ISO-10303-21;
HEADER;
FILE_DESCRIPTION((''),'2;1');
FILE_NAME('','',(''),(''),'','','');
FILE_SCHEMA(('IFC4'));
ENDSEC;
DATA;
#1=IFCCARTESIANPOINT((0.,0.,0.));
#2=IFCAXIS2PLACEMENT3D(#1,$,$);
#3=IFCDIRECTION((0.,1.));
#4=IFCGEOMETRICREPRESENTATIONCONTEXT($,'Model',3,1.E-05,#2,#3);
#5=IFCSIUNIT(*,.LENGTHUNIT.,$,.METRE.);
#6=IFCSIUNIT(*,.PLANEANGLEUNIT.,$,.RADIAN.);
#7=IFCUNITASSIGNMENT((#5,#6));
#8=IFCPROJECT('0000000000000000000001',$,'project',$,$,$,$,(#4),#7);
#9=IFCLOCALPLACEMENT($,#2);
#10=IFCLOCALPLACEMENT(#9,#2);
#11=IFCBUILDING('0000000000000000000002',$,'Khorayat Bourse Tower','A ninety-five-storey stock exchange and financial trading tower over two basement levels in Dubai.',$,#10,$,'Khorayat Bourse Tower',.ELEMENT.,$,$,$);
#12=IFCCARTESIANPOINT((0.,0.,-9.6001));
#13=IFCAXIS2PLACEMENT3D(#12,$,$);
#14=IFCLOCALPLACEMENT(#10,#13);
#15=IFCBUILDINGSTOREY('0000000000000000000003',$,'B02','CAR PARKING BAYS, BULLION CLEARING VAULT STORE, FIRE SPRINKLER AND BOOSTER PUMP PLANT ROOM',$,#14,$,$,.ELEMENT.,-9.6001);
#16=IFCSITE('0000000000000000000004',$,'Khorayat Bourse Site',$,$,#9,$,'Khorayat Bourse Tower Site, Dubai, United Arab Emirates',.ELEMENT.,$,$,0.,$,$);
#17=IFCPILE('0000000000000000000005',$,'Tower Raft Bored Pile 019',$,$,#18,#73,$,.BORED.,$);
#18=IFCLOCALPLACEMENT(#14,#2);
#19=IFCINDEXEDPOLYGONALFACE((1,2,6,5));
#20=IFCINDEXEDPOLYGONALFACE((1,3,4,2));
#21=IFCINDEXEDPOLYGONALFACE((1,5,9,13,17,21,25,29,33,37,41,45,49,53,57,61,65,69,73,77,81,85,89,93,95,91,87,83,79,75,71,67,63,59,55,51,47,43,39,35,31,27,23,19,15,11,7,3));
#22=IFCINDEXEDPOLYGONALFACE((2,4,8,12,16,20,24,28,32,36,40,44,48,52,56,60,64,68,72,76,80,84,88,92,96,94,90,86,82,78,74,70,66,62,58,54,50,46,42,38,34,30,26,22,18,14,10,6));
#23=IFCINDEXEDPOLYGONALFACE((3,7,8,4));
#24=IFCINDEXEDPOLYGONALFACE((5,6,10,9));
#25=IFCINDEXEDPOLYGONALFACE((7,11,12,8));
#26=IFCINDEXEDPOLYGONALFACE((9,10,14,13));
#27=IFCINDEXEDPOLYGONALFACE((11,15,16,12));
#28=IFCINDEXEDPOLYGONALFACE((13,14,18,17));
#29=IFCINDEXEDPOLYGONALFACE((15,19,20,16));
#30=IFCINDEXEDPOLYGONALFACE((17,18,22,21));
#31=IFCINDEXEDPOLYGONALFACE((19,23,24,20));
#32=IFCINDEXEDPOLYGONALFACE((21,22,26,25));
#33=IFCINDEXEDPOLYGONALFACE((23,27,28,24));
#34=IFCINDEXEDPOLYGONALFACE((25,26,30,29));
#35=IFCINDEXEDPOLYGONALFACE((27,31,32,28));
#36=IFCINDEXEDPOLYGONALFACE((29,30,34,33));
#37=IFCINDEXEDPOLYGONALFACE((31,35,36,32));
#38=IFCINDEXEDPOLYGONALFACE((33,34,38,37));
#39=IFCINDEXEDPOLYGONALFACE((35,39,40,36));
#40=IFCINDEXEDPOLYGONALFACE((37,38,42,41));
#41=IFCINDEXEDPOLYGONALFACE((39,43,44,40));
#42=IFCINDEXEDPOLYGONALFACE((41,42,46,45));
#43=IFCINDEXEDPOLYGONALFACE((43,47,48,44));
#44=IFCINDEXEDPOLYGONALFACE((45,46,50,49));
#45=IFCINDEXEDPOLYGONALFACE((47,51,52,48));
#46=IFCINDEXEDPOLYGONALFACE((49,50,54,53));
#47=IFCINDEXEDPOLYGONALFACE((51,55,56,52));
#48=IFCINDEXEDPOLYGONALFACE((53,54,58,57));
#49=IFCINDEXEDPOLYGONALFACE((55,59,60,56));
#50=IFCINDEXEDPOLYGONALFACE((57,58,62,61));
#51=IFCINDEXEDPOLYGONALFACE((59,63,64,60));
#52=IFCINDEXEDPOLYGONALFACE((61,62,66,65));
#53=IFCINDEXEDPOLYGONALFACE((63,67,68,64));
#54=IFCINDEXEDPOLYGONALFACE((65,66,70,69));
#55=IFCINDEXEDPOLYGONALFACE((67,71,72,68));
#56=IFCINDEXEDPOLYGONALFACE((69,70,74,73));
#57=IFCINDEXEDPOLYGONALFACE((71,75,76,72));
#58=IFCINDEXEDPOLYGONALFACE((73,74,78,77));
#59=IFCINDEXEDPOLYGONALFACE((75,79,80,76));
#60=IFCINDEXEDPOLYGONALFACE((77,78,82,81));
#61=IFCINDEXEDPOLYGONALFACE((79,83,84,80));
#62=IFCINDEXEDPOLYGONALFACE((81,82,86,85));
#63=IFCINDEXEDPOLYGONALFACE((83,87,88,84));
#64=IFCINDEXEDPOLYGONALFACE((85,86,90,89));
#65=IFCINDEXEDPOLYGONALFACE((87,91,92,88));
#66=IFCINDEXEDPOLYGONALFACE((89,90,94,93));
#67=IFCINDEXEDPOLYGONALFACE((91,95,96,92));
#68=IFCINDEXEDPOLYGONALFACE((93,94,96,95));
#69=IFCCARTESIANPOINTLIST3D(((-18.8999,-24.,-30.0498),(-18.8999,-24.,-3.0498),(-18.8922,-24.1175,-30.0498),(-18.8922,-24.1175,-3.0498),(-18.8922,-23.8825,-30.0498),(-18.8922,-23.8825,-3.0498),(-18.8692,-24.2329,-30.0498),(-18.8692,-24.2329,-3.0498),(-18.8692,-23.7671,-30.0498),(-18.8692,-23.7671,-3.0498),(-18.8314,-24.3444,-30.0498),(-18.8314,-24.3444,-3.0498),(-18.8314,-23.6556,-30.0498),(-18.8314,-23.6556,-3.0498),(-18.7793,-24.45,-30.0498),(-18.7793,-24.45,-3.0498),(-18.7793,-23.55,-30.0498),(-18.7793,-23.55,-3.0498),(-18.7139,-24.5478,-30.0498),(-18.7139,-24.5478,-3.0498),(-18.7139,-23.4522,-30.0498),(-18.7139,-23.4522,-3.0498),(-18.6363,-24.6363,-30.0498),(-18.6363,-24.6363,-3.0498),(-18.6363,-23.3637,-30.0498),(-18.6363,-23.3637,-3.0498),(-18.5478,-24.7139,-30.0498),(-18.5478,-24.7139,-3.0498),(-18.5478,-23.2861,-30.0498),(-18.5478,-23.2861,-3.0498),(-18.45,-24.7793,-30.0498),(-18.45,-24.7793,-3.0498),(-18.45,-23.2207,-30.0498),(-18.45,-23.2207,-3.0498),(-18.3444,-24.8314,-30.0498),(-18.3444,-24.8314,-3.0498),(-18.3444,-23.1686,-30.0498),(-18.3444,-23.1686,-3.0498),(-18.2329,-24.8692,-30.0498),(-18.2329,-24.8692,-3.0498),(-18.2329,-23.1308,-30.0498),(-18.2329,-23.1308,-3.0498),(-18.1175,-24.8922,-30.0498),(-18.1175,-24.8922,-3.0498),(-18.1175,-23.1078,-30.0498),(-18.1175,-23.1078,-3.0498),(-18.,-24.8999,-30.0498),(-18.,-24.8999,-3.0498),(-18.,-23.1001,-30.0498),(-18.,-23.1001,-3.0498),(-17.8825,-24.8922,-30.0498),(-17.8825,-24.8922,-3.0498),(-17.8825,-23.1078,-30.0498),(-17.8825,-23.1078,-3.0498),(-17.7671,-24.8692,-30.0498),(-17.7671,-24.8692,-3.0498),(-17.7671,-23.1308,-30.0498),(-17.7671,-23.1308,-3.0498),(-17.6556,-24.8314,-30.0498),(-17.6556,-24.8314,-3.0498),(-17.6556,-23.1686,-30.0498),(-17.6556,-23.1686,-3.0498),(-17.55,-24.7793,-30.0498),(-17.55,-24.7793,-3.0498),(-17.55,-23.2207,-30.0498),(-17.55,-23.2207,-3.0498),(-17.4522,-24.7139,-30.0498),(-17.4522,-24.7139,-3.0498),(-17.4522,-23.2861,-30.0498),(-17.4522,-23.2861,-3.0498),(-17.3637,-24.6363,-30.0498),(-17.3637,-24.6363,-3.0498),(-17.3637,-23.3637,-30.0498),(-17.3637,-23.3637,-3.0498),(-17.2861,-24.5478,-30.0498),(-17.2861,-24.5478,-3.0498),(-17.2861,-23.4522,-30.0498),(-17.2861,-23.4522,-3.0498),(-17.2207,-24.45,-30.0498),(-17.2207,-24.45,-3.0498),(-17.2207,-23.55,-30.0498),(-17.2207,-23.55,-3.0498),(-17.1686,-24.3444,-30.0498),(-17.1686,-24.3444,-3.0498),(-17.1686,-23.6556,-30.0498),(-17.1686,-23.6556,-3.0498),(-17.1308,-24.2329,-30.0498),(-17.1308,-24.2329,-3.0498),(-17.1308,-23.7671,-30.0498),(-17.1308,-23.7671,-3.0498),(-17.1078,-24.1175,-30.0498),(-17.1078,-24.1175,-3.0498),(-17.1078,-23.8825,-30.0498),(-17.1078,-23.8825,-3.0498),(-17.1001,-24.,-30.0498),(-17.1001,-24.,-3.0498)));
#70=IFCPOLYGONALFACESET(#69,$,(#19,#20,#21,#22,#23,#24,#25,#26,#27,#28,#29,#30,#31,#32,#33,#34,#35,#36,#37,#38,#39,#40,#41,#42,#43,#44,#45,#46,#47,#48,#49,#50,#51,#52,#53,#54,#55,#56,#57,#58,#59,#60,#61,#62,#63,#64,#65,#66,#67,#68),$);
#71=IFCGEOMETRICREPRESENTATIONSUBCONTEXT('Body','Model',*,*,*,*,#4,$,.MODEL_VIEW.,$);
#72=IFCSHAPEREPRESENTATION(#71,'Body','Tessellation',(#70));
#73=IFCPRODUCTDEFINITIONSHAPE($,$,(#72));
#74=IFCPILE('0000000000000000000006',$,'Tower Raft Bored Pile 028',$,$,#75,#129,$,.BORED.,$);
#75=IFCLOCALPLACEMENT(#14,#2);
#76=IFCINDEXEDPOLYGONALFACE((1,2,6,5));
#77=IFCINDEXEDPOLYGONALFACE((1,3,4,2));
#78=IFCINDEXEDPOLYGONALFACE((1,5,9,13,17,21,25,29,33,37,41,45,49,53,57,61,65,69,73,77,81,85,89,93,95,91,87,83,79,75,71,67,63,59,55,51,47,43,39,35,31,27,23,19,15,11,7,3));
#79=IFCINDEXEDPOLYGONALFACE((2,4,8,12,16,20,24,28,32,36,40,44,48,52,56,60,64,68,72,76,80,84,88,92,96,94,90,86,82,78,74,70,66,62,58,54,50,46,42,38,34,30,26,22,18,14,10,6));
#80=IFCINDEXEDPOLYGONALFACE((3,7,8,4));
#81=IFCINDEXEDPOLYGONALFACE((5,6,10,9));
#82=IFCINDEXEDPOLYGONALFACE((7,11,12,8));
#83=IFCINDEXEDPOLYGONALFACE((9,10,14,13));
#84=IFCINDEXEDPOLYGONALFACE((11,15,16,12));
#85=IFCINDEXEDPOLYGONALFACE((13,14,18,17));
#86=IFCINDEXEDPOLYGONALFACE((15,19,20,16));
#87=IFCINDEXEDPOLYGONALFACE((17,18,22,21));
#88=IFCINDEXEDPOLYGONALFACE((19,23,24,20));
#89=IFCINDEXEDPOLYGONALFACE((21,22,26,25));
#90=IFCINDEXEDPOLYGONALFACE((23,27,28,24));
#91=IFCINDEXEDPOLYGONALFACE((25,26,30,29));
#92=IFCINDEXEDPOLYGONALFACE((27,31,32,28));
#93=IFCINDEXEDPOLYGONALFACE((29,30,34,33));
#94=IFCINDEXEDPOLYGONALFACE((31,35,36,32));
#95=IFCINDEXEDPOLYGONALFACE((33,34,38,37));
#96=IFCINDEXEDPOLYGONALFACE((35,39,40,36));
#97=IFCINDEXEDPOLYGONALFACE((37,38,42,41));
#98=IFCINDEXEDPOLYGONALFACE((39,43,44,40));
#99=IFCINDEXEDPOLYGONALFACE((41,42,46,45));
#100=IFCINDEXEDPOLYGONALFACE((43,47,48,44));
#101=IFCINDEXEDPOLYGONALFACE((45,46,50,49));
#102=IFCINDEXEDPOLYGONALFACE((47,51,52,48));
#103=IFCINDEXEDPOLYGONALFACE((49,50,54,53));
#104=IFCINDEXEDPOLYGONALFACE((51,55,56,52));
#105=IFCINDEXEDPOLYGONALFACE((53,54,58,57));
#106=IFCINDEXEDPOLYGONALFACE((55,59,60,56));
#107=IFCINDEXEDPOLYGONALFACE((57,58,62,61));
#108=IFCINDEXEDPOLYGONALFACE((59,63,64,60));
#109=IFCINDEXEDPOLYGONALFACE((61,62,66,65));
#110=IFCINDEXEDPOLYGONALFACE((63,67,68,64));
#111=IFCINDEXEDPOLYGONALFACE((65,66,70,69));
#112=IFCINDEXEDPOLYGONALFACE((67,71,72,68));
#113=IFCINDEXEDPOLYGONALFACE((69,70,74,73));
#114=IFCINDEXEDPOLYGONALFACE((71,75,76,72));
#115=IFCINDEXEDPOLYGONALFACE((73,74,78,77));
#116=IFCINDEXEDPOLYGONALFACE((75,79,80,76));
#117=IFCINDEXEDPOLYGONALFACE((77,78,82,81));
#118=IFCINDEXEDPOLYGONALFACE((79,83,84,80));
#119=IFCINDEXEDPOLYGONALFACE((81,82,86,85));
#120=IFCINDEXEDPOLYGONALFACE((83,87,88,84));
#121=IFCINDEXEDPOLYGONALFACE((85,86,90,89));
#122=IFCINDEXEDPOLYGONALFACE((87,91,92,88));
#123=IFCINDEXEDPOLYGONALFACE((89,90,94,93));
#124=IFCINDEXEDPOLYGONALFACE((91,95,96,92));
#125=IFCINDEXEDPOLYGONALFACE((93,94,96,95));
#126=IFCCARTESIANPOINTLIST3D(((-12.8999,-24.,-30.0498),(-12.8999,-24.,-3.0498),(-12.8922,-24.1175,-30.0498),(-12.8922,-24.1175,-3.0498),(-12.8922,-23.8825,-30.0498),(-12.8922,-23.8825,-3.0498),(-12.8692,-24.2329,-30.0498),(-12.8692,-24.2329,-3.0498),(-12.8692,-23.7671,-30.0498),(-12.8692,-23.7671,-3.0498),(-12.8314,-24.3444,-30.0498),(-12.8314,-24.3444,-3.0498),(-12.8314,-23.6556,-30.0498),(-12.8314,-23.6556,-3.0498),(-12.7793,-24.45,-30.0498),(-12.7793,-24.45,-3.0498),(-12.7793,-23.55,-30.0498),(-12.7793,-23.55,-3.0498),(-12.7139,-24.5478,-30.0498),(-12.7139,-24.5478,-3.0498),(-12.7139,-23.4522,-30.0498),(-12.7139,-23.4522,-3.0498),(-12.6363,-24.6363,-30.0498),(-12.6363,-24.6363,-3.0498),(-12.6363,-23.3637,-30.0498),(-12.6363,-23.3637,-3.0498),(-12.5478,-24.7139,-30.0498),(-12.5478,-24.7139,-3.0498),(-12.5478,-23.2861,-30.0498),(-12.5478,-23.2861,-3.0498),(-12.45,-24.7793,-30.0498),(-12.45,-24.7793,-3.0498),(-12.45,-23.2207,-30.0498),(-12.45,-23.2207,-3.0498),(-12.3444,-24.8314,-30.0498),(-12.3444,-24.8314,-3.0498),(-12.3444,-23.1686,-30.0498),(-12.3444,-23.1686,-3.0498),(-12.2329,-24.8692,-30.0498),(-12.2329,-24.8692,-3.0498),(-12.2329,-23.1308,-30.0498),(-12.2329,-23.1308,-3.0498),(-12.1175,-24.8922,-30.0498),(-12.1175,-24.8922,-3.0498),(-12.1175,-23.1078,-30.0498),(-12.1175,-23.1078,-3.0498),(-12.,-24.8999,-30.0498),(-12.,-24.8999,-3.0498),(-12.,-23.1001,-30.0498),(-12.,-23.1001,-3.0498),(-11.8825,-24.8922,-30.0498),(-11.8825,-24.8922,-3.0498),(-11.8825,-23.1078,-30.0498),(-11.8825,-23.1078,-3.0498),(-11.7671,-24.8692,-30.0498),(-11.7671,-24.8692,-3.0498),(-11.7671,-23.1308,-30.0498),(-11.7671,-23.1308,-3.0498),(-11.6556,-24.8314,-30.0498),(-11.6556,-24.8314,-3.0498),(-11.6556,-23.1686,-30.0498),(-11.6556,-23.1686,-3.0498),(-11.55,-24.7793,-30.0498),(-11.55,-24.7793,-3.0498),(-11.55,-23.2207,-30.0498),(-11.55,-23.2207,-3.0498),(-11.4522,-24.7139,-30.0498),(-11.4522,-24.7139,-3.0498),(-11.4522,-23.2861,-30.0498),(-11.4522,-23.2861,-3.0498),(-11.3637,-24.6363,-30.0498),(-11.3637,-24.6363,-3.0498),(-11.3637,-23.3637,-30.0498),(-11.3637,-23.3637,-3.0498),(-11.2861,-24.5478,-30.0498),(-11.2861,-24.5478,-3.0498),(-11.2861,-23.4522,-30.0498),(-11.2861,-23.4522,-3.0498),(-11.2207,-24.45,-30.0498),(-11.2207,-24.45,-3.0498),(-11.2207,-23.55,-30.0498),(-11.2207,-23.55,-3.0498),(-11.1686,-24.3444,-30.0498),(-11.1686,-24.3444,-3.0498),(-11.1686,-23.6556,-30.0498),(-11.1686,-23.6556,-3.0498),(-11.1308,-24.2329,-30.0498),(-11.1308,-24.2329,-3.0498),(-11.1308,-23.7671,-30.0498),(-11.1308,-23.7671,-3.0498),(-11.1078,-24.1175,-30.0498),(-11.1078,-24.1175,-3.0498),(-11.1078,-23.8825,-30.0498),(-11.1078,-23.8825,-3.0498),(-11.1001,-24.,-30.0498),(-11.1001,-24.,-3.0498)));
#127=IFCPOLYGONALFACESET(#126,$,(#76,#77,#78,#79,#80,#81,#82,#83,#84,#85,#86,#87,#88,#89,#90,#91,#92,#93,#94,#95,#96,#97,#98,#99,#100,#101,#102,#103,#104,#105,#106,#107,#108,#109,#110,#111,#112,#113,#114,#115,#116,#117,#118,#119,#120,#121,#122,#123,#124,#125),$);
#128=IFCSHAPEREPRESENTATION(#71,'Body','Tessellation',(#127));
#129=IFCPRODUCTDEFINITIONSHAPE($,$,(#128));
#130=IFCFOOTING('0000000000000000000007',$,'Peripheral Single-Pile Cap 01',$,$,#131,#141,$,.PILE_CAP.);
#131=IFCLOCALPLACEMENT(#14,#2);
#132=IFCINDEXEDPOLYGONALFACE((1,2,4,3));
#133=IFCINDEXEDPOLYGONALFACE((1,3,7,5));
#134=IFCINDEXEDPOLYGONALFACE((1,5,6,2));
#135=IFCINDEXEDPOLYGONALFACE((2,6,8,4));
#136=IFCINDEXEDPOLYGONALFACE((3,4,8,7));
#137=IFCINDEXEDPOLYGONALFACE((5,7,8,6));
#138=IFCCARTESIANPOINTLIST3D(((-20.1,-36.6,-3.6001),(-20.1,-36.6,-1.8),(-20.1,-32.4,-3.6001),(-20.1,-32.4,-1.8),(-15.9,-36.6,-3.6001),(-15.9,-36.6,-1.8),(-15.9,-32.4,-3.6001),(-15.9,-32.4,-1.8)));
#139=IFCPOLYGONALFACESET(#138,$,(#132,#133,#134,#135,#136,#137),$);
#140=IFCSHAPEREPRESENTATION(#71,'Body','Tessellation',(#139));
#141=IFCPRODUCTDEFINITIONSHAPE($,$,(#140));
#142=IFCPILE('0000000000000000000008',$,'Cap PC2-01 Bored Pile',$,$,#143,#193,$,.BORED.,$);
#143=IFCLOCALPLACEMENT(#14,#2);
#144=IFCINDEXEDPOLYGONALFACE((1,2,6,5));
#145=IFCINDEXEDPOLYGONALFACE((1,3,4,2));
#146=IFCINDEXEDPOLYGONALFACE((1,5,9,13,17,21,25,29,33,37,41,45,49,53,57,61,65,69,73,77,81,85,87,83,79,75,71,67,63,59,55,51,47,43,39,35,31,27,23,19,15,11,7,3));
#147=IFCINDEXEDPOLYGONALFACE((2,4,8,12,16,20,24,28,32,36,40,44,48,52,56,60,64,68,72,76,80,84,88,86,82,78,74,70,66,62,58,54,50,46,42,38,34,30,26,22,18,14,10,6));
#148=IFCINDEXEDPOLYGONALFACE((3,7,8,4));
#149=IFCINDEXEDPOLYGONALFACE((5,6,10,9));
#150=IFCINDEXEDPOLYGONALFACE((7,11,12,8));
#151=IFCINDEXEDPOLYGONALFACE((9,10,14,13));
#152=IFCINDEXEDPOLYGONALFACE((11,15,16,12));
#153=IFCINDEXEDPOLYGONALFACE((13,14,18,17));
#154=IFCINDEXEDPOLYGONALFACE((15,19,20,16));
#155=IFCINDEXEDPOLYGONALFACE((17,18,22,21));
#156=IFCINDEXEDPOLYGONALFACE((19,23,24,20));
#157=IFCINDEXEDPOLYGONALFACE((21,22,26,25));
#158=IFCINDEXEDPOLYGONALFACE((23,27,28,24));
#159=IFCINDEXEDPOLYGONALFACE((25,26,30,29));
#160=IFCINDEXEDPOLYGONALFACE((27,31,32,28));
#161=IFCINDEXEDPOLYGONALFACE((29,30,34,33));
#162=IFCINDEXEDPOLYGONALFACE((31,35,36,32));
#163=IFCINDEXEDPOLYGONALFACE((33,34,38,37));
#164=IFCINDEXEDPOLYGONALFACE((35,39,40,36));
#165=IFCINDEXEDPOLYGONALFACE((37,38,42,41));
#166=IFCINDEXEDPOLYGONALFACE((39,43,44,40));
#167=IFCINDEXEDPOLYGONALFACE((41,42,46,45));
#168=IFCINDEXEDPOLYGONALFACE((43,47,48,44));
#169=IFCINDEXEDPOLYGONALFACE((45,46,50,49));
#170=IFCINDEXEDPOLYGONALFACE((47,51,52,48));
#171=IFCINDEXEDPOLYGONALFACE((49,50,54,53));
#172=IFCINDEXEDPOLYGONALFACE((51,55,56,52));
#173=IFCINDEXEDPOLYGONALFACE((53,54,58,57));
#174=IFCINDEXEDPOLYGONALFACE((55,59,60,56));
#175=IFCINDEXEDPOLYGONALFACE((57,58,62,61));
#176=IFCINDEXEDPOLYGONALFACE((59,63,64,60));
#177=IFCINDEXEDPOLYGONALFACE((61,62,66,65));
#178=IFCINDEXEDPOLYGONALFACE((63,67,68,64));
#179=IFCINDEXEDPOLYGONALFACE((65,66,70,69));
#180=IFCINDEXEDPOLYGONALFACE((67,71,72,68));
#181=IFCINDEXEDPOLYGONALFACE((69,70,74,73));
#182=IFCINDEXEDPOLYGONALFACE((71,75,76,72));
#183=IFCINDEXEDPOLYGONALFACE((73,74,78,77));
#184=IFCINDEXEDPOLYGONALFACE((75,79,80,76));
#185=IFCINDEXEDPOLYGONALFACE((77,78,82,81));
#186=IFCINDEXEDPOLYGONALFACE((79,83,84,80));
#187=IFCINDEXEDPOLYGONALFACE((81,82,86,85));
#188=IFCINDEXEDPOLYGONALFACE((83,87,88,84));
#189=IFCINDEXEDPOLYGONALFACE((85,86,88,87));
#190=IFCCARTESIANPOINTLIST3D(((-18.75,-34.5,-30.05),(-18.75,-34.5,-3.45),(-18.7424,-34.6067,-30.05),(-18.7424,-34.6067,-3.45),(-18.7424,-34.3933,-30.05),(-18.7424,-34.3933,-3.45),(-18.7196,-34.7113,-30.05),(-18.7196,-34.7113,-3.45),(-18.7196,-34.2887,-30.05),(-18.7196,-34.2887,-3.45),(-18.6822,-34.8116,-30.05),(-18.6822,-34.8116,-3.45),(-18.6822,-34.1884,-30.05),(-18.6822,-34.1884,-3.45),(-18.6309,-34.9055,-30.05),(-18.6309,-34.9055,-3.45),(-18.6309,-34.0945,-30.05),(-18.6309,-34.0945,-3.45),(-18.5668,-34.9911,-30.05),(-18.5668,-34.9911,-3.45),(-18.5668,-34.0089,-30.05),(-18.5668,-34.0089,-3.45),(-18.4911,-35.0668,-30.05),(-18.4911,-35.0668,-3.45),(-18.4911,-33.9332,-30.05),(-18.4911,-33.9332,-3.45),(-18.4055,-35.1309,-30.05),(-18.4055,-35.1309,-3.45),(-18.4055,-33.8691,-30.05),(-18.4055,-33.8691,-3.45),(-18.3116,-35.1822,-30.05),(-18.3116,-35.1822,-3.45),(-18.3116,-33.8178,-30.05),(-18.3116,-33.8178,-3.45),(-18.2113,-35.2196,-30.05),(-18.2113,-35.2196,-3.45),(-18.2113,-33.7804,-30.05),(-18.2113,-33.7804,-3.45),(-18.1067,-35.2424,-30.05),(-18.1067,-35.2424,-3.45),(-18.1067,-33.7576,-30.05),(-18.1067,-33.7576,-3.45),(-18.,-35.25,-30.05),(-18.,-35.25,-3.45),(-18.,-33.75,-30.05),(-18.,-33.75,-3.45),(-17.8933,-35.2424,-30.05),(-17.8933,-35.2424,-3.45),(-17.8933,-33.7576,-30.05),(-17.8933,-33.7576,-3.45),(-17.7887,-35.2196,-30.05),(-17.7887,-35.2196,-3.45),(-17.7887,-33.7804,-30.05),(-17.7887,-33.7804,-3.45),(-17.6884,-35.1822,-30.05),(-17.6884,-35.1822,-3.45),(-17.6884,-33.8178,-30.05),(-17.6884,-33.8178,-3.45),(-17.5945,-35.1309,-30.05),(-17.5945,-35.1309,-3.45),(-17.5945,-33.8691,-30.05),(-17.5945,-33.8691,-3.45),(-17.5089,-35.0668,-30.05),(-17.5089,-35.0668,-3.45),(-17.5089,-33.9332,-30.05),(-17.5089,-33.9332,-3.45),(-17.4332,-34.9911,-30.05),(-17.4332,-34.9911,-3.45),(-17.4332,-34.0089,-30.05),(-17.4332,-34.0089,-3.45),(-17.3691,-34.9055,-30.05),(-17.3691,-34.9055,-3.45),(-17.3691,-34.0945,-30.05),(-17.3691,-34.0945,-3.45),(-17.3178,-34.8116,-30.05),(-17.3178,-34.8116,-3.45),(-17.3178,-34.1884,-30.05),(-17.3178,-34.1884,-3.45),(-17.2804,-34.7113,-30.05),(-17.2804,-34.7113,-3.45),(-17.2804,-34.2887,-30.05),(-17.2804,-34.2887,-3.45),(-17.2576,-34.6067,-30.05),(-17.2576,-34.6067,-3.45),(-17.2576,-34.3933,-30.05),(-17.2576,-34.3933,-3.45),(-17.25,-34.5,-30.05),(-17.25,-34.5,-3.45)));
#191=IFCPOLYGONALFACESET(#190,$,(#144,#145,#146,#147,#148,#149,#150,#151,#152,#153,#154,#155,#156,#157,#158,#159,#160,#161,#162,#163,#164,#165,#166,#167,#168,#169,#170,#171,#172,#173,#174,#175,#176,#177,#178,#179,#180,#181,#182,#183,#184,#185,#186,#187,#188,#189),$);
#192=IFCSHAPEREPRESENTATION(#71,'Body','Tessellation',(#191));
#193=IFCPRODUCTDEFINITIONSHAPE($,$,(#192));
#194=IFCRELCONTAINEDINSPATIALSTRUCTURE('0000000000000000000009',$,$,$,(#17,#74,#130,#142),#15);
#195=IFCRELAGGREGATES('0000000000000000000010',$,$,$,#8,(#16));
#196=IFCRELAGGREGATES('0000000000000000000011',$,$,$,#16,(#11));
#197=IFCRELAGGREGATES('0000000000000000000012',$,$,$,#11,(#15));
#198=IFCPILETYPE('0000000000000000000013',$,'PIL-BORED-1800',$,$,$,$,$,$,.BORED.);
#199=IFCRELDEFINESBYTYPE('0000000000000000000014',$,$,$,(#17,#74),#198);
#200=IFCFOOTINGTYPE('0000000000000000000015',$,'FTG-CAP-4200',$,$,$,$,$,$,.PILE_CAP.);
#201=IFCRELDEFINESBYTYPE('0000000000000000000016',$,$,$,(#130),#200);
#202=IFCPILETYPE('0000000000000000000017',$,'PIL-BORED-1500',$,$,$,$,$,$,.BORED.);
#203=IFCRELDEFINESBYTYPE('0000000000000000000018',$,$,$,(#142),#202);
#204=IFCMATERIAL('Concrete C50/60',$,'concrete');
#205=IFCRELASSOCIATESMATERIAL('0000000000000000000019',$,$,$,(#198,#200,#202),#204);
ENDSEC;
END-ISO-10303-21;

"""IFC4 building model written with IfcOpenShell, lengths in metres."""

from ifc_helpers import new_model, si_unit, direction, frame, origin, origin_2d, place, context, subcontext, project, spatial, rectangle, circle, extrude, source, transform, mapped, material, material_profile, profile_set, type_object, element, save


model = new_model("IFC4")

# Units and contexts
model_context = context("Model", 3, precision=1e-05, world=origin(), true_north=direction((0.0, 1.0)))
body_context = subcontext(model_context, "Body", "Model", "MODEL_VIEW")
ifc_project = project(units=[si_unit("LENGTHUNIT", "METRE"), si_unit("PLANEANGLEUNIT", "RADIAN")], contexts=[model_context])

# Site, building, storey
site_placement = place(None, origin())
site = spatial("IfcSite", under=ifc_project, at=site_placement, Name="Khorayat Bourse Site", LongName="Khorayat Bourse Tower Site, Dubai, United Arab Emirates", CompositionType="ELEMENT", RefElevation=0.0)
building_placement = place(site_placement, origin())
building = spatial("IfcBuilding", under=site, at=building_placement, Name="Khorayat Bourse Tower", Description="A ninety-five-storey stock exchange and financial trading tower over two basement levels in Dubai.", LongName="Khorayat Bourse Tower", CompositionType="ELEMENT")
storey_placement = place(building_placement, frame((0.0, 0.0, -9.6001)))
storey = spatial("IfcBuildingStorey", under=building, at=storey_placement, Name="B02", Description="CAR PARKING BAYS, BULLION CLEARING VAULT STORE, FIRE SPRINKLER AND BOOSTER PUMP PLANT ROOM", CompositionType="ELEMENT", Elevation=-9.6001)

# Piles
ifc_material_1 = material(Name="Concrete C50/60", Category="concrete")
ifc_material_profile_1 = material_profile(ifc_material_1, circle(Radius=0.8999, at=origin_2d()), Name="BORED PILE D1800")
ifc_profile_set_1 = profile_set([ifc_material_profile_1], Name="Concrete C50/60")
pile_type_1 = type_object("IfcPileType", Name="PIL-BORED-1800", PredefinedType="BORED", material=ifc_profile_set_1)
shared_shape_1 = source(origin(), body_context, "Body", "SweptSolid", [
    extrude(circle(Radius=0.8999, at=origin_2d()), origin(), (0.0, 0.0, 1.0), 27.0),
])
for number, where, z_axis, x_axis, name in (
    (1, (-18.0, -24.0, -3.0498), (0.0, 0.0, -1.0), (1.0, 0.0, 0.0), "Tower Raft Bored Pile 019"),
    (2, (-12.0, -24.0, -3.0498), (0.0, 0.0, -1.0), (1.0, 0.0, 0.0), "Tower Raft Bored Pile 028"),
):
    element("IfcPile", number, at=place(storey_placement, frame(where, z_axis=z_axis, x_axis=x_axis)), inside=storey, type_object=pile_type_1, Name=name, PredefinedType="BORED", context=body_context, shape_type="MappedRepresentation", body=[
        mapped(shared_shape_1, transform((0.0, 0.0, 0.0), scale=1.0)),
    ])

# Footing
footing_type_1 = type_object("IfcFootingType", Name="FTG-CAP-4200", PredefinedType="PILE_CAP", material=ifc_material_1)
shared_shape_2 = source(origin(), body_context, "Body", "SweptSolid", [
    extrude(rectangle(XDim=4.2, YDim=4.2, at=origin_2d()), origin(), (0.0, 0.0, 1.0), 1.8),
])
footing_1_placement = place(storey_placement, frame((-18.0, -34.5, -3.6001), z_axis=(0.0, 0.0, 1.0), x_axis=(1.0, 0.0, 0.0)))
element("IfcFooting", 3, at=footing_1_placement, inside=storey, type_object=footing_type_1, Name="Peripheral Single-Pile Cap 01", PredefinedType="PILE_CAP", context=body_context, shape_type="MappedRepresentation", body=[
    mapped(shared_shape_2, transform((0.0, 0.0, 0.0), scale=1.0)),
])

# Pile
ifc_material_profile_2 = material_profile(ifc_material_1, circle(Radius=0.75, at=origin_2d()), Name="BORED PILE D1500")
ifc_profile_set_2 = profile_set([ifc_material_profile_2], Name="Concrete C50/60")
pile_type_2 = type_object("IfcPileType", Name="PIL-BORED-1500", PredefinedType="BORED", material=ifc_profile_set_2)
shared_shape_3 = source(origin(), body_context, "Body", "SweptSolid", [
    extrude(circle(Radius=0.75, at=origin_2d()), origin(), (0.0, 0.0, 1.0), 26.6001),
])
pile_placement = place(storey_placement, frame((-18.0, -34.5, -3.45), z_axis=(0.0, 0.0, -1.0), x_axis=(1.0, 0.0, 0.0)))
element("IfcPile", 4, at=pile_placement, inside=storey, type_object=pile_type_2, Name="Cap PC2-01 Bored Pile", PredefinedType="BORED", context=body_context, shape_type="MappedRepresentation", body=[
    mapped(shared_shape_3, transform((0.0, 0.0, 0.0), scale=1.0)),
])

save(model, "model.ifc")
